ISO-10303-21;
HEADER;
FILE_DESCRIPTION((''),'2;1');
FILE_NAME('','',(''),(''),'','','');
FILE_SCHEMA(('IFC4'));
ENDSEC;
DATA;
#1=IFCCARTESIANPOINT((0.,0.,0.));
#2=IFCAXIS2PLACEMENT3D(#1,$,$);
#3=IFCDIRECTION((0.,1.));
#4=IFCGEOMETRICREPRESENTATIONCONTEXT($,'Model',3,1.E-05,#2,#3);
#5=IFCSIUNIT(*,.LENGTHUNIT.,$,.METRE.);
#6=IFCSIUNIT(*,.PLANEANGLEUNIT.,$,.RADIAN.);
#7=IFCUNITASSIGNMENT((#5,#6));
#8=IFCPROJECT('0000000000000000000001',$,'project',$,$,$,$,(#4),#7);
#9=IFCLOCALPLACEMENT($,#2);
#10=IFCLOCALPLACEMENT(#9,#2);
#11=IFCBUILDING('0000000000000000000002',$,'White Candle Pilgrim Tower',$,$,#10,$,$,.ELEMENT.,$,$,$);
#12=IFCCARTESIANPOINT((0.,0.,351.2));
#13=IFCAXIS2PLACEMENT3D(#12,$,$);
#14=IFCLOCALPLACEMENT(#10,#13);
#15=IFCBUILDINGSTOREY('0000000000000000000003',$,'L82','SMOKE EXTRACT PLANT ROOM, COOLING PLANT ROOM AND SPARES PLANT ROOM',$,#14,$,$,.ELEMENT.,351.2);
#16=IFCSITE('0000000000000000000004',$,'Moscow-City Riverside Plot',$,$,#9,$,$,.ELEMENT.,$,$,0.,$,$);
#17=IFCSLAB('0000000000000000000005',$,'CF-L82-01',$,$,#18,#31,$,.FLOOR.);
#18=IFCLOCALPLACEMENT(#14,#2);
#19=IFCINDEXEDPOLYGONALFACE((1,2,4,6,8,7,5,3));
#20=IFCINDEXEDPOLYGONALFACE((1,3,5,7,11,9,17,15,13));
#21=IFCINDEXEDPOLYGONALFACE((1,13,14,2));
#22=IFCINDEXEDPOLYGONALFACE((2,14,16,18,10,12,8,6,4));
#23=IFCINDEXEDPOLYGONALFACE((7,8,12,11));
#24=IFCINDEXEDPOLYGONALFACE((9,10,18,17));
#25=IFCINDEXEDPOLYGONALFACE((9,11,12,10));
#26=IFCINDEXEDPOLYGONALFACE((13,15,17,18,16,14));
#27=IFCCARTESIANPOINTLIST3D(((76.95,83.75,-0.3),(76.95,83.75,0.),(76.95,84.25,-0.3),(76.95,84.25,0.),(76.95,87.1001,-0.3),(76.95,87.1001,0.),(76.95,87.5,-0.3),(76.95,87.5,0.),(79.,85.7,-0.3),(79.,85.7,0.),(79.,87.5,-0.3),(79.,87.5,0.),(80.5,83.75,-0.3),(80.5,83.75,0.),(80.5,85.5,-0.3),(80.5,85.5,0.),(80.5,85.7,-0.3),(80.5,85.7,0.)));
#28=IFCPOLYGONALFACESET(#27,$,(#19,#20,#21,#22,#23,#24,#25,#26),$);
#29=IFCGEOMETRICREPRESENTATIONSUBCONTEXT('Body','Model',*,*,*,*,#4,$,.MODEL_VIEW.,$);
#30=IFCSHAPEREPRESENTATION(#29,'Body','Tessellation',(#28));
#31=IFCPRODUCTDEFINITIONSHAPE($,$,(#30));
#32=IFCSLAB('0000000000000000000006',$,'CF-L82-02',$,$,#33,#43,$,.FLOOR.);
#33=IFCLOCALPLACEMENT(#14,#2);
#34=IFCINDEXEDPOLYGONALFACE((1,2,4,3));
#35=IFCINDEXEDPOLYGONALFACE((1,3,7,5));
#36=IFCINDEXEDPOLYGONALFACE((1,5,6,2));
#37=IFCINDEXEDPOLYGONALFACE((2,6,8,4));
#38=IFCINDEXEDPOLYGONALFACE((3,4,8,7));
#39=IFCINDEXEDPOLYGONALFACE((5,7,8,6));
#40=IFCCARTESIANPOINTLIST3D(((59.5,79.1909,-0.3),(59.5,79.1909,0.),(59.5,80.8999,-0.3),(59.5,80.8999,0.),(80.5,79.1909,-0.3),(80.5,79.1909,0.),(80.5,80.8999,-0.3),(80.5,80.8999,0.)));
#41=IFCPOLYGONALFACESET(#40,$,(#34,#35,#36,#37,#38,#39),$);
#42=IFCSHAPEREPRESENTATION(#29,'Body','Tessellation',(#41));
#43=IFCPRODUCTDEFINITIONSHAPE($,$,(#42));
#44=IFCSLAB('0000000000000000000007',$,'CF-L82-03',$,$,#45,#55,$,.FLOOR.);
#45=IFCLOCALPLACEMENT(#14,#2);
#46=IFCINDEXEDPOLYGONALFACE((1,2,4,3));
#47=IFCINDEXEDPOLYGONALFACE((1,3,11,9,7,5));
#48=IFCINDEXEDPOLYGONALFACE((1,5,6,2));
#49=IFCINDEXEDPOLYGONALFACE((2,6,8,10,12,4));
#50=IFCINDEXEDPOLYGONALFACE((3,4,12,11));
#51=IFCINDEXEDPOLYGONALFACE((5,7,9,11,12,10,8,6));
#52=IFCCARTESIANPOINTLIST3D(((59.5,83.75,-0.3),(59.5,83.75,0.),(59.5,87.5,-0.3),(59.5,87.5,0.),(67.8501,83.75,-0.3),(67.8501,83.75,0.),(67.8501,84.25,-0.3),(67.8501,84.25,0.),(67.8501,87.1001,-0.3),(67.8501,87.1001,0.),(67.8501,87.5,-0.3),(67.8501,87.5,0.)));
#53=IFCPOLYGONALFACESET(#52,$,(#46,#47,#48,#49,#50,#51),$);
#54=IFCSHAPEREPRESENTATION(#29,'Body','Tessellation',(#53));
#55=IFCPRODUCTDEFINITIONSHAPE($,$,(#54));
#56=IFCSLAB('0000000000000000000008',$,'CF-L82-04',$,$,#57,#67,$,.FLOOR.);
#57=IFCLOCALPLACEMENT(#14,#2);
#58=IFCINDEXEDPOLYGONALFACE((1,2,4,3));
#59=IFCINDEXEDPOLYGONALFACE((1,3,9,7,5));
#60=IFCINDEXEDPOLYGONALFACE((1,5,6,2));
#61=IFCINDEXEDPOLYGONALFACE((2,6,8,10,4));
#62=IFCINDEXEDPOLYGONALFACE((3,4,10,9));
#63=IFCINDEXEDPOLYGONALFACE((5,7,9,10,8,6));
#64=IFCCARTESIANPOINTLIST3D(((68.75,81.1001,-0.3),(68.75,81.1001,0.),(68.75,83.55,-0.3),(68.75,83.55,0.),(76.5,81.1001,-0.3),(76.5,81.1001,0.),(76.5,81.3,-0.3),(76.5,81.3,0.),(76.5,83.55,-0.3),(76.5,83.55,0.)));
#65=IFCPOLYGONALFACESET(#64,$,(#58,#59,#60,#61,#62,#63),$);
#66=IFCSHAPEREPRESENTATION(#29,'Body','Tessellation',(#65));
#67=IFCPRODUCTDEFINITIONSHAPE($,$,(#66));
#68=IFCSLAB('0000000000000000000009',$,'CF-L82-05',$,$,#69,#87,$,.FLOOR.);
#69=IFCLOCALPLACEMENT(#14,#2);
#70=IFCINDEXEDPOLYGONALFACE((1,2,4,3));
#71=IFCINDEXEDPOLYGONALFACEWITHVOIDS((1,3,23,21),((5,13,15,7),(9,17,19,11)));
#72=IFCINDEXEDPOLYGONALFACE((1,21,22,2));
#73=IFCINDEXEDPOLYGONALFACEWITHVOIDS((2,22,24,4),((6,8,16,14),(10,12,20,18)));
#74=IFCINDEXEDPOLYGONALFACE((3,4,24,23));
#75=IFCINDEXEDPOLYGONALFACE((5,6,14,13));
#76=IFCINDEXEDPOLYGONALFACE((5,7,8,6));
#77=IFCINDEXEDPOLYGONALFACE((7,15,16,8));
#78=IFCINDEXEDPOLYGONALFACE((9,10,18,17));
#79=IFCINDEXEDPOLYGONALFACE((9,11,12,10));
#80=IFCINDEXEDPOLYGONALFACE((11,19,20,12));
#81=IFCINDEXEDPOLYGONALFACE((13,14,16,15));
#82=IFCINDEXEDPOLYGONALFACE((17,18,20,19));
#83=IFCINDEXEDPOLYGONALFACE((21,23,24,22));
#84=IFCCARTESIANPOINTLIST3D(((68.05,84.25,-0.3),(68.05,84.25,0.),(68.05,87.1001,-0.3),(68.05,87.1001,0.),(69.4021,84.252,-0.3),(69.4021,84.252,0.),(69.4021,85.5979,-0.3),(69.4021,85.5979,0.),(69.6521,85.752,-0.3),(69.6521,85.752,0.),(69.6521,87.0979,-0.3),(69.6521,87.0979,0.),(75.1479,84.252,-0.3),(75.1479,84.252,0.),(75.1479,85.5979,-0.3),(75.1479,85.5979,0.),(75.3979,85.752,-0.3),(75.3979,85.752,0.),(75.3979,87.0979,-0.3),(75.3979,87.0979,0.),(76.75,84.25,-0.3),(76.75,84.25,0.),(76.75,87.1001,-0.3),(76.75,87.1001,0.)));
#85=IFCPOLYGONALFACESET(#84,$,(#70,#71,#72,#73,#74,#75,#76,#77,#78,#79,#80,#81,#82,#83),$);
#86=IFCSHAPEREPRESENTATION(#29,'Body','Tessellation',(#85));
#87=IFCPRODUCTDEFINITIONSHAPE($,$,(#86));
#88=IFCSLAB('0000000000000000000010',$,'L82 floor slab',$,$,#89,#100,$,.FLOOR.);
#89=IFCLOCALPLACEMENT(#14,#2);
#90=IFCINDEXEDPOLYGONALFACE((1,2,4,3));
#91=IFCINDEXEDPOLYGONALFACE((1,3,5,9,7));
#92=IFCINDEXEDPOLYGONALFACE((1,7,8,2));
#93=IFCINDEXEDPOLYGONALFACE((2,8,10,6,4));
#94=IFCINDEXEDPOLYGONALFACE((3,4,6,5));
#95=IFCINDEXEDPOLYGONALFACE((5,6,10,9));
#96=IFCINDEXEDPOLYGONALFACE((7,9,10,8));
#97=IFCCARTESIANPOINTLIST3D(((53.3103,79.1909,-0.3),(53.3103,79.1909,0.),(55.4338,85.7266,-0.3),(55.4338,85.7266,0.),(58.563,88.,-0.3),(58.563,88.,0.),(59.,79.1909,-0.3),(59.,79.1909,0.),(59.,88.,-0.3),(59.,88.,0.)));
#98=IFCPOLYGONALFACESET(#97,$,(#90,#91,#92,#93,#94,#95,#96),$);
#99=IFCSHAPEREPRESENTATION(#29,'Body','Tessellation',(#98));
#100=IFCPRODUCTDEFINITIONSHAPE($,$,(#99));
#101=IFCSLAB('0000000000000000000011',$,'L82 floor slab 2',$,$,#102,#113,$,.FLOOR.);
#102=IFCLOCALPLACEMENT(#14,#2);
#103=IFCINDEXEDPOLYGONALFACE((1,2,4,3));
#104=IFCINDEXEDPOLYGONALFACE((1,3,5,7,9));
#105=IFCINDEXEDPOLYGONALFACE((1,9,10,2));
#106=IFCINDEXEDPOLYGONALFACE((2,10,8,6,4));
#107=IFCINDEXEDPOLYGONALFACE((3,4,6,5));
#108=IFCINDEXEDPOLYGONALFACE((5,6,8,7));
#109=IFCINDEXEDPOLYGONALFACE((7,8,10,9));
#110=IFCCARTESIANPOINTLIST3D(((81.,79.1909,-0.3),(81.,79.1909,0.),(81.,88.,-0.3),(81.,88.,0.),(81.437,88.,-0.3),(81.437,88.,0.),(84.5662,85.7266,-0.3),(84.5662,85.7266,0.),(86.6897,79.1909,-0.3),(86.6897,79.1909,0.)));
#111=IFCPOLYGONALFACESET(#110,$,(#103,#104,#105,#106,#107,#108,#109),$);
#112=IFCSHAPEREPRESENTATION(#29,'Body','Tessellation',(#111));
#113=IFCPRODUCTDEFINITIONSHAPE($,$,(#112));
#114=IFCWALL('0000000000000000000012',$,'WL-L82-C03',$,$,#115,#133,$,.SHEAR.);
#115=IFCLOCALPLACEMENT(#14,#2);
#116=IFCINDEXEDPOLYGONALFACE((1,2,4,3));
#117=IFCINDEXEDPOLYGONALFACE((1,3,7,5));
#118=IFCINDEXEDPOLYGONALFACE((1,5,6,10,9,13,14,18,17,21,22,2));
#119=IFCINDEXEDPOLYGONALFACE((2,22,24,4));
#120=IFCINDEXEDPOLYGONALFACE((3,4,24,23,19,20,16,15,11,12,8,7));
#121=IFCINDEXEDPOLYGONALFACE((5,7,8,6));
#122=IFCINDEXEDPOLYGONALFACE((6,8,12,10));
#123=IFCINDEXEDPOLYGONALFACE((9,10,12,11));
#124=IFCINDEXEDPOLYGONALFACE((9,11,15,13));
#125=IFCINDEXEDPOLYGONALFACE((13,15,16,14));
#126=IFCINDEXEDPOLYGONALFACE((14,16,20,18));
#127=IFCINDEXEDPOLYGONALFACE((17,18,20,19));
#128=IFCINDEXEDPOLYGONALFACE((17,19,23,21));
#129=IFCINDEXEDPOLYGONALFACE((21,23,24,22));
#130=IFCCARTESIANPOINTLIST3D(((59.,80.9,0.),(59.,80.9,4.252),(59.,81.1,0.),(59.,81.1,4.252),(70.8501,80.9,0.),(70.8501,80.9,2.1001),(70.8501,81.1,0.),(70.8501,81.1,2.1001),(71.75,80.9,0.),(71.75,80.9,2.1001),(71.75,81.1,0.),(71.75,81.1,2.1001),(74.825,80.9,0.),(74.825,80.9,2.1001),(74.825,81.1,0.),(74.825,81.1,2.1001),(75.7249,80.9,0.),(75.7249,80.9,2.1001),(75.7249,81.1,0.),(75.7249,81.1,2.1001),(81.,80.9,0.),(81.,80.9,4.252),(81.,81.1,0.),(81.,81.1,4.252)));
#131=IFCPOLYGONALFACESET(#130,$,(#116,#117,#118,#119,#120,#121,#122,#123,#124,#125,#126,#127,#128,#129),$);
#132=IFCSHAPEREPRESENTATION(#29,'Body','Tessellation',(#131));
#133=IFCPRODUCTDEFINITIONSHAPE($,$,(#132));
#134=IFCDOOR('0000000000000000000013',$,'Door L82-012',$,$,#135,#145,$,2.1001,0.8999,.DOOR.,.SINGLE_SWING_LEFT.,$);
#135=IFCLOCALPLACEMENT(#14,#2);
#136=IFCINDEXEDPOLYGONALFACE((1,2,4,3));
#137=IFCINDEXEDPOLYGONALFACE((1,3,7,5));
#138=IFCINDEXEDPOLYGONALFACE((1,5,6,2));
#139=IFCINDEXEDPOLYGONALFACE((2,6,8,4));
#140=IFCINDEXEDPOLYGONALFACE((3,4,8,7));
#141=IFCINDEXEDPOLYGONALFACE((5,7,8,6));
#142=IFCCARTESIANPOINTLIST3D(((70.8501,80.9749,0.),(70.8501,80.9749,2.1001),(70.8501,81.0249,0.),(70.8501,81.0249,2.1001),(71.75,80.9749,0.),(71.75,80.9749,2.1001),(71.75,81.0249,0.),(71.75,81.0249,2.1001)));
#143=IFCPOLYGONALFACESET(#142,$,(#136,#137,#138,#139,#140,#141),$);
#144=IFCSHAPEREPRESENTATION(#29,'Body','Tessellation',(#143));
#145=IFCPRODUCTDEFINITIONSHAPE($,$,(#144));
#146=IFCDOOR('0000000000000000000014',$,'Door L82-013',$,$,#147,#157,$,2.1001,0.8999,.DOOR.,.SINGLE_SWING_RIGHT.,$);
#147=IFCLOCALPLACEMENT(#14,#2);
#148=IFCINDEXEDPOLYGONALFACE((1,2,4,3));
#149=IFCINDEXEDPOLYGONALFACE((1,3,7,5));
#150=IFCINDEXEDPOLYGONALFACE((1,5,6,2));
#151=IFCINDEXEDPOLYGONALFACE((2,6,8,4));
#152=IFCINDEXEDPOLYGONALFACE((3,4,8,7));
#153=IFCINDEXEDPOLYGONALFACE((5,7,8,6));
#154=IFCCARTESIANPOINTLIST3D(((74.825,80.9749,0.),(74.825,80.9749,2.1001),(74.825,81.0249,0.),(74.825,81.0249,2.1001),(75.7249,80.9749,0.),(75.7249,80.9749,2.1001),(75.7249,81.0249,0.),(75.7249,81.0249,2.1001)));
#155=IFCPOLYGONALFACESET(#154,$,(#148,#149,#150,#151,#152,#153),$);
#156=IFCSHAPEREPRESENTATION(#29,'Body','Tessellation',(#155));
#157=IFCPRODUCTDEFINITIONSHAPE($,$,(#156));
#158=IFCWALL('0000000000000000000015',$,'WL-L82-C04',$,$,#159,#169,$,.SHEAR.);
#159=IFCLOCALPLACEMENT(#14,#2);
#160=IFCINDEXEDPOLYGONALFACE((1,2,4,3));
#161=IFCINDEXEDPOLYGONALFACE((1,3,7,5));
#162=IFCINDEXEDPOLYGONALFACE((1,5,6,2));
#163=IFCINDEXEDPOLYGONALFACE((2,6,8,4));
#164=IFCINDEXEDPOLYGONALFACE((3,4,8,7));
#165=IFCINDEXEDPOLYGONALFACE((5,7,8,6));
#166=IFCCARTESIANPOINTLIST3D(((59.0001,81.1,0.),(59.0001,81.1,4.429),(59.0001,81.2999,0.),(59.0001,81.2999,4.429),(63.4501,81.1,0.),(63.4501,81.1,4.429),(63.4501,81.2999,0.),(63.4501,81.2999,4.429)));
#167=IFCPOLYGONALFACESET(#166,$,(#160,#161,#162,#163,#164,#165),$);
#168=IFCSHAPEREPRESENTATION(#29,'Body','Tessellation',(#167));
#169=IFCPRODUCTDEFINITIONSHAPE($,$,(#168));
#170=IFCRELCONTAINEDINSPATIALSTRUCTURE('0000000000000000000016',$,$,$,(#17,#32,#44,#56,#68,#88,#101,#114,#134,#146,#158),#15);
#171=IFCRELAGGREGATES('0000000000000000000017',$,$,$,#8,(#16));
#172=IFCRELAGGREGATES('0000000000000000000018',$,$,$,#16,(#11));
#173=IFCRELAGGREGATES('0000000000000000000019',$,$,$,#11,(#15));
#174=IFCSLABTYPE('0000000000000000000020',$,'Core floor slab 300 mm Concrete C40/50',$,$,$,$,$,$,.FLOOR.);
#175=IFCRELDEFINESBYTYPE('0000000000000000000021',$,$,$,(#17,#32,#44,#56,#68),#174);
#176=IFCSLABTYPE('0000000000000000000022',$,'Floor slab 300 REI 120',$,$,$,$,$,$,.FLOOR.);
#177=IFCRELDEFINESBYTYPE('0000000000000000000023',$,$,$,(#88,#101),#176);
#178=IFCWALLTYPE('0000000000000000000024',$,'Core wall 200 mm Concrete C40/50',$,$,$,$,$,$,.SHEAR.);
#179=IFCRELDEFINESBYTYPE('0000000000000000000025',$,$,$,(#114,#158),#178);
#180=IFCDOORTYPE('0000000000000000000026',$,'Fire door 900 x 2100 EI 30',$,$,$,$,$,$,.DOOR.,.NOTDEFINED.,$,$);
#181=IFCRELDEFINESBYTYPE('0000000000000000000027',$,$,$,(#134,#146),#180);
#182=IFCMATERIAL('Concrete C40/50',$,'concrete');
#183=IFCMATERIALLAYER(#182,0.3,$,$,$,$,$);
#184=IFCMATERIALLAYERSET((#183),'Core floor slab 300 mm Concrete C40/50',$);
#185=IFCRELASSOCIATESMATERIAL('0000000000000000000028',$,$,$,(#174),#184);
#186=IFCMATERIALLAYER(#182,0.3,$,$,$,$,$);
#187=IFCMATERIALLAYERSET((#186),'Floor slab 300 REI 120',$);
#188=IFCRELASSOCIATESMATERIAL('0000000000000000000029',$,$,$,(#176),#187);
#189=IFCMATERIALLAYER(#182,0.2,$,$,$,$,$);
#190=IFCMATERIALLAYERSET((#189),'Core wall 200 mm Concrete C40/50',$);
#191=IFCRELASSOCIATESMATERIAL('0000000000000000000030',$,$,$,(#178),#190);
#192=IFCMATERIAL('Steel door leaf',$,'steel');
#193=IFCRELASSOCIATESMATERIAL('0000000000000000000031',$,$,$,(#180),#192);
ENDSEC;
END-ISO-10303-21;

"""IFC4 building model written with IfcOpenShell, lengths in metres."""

from ifc_helpers import new_model, si_unit, direction, frame, frame_2d, origin, place, context, subcontext, project, spatial, polyline, rectangle, outline, extrude, material, layer, layer_set, type_object, element, fill, save


model = new_model("IFC4")

# Units and contexts
model_context = context("Model", 3, precision=1e-05, world=origin(), true_north=direction((0.0, 1.0)))
body_context = subcontext(model_context, "Body", "Model", "MODEL_VIEW")
ifc_project = project(units=[si_unit("LENGTHUNIT", "METRE"), si_unit("PLANEANGLEUNIT", "RADIAN")], contexts=[model_context])

# Site, building, storey
site_placement = place(None, origin())
site = spatial("IfcSite", under=ifc_project, at=site_placement, Name="Moscow-City Riverside Plot", CompositionType="ELEMENT", RefElevation=0.0)
building_placement = place(site_placement, origin())
building = spatial("IfcBuilding", under=site, at=building_placement, Name="White Candle Pilgrim Tower", CompositionType="ELEMENT")
storey_placement = place(building_placement, frame((0.0, 0.0, 351.2)))
storey = spatial("IfcBuildingStorey", under=building, at=storey_placement, Name="L82", Description="SMOKE EXTRACT PLANT ROOM, COOLING PLANT ROOM AND SPARES PLANT ROOM", CompositionType="ELEMENT", Elevation=351.2)

# Slabs
ifc_material_1 = material(Name="Concrete C40/50", Category="concrete")
ifc_layer_1 = layer(ifc_material_1, 0.3)
ifc_layer_set_1 = layer_set([ifc_layer_1], Name="Core floor slab 300 mm Concrete C40/50")
slab_type_1 = type_object("IfcSlabType", Name="Core floor slab 300 mm Concrete C40/50", PredefinedType="FLOOR", material=ifc_layer_set_1)
slab_1_placement = place(storey_placement, frame((0.0, 0.0, -0.3)))
element("IfcSlab", 1, at=slab_1_placement, inside=storey, type_object=slab_type_1, Name="CF-L82-01", PredefinedType="FLOOR", context=body_context, shape_type="SweptSolid", body=[
    extrude(outline(polyline([(80.5, 85.5), (80.5, 83.75), (76.95, 83.75), (76.95, 84.25), (76.95, 87.1001), (76.95, 87.5), (79.0, 87.5), (79.0, 85.7), (80.5, 85.7), (80.5, 85.5)])), origin(), (0.0, 0.0, 1.0), 0.3),
])
slab_2_placement = place(storey_placement, frame((0.0, 0.0, -0.3)))
element("IfcSlab", 2, at=slab_2_placement, inside=storey, type_object=slab_type_1, Name="CF-L82-02", PredefinedType="FLOOR", context=body_context, shape_type="SweptSolid", body=[
    extrude(outline(polyline([(80.5, 79.1909), (59.5, 79.1909), (59.5, 80.8999), (80.5, 80.8999), (80.5, 79.1909)])), origin(), (0.0, 0.0, 1.0), 0.3),
])
slab_3_placement = place(storey_placement, frame((0.0, 0.0, -0.3)))
element("IfcSlab", 3, at=slab_3_placement, inside=storey, type_object=slab_type_1, Name="CF-L82-03", PredefinedType="FLOOR", context=body_context, shape_type="SweptSolid", body=[
    extrude(outline(polyline([(59.5, 87.5), (67.8501, 87.5), (67.8501, 87.1001), (67.8501, 84.25), (67.8501, 83.75), (59.5, 83.75), (59.5, 87.5)])), origin(), (0.0, 0.0, 1.0), 0.3),
])
slab_4_placement = place(storey_placement, frame((0.0, 0.0, -0.3)))
element("IfcSlab", 4, at=slab_4_placement, inside=storey, type_object=slab_type_1, Name="CF-L82-04", PredefinedType="FLOOR", context=body_context, shape_type="SweptSolid", body=[
    extrude(outline(polyline([(76.5, 83.55), (76.5, 81.3), (76.5, 81.1001), (68.75, 81.1001), (68.75, 83.55), (76.5, 83.55)])), origin(), (0.0, 0.0, 1.0), 0.3),
])
slab_5_placement = place(storey_placement, frame((0.0, 0.0, -0.3)))
element("IfcSlab", 5, at=slab_5_placement, inside=storey, type_object=slab_type_1, Name="CF-L82-05", PredefinedType="FLOOR", context=body_context, shape_type="SweptSolid", body=[
    extrude(outline(polyline([(68.05, 87.1001), (76.75, 87.1001), (76.75, 84.25), (68.05, 84.25), (68.05, 87.1001)]), holes=[polyline([(75.1479, 84.252), (75.1479, 85.5979), (69.4021, 85.5979), (69.4021, 84.252), (75.1479, 84.252)]), polyline([(69.6521, 85.752), (75.3979, 85.752), (75.3979, 87.0979), (69.6521, 87.0979), (69.6521, 85.752)])]), origin(), (0.0, 0.0, 1.0), 0.3),
])
ifc_layer_2 = layer(ifc_material_1, 0.3)
ifc_layer_set_2 = layer_set([ifc_layer_2], Name="Floor slab 300 REI 120")
slab_type_2 = type_object("IfcSlabType", Name="Floor slab 300 REI 120", PredefinedType="FLOOR", material=ifc_layer_set_2)
slab_6_placement = place(storey_placement, frame((0.0, 0.0, -0.3)))
element("IfcSlab", 6, at=slab_6_placement, inside=storey, type_object=slab_type_2, Name="L82 floor slab", PredefinedType="FLOOR", context=body_context, shape_type="SweptSolid", body=[
    extrude(outline(polyline([(53.3103, 79.1909), (59.0, 79.1909), (59.0, 88.0), (58.563, 88.0), (55.4338, 85.7266), (53.3103, 79.1909)])), origin(), (0.0, 0.0, 1.0), 0.3),
])
slab_7_placement = place(storey_placement, frame((0.0, 0.0, -0.3)))
element("IfcSlab", 7, at=slab_7_placement, inside=storey, type_object=slab_type_2, Name="L82 floor slab 2", PredefinedType="FLOOR", context=body_context, shape_type="SweptSolid", body=[
    extrude(outline(polyline([(81.0, 79.1909), (86.6897, 79.1909), (84.5662, 85.7266), (81.437, 88.0), (81.0, 88.0), (81.0, 79.1909)])), origin(), (0.0, 0.0, 1.0), 0.3),
])

# Wall, openings, doors
ifc_layer_3 = layer(ifc_material_1, 0.2)
ifc_layer_set_3 = layer_set([ifc_layer_3], Name="Core wall 200 mm Concrete C40/50")
wall_type_1 = type_object("IfcWallType", Name="Core wall 200 mm Concrete C40/50", PredefinedType="SHEAR", material=ifc_layer_set_3)
wall_1_placement = place(storey_placement, frame((59.0, 81.0, 0.0), z_axis=(0.0, 0.0, 1.0), x_axis=(1.0, 0.0, 0.0)))
wall_1 = element("IfcWall", 8, at=wall_1_placement, inside=storey, type_object=wall_type_1, Name="WL-L82-C03", PredefinedType="SHEAR", context=body_context, shape_type="SweptSolid", body=[
    extrude(rectangle(XDim=22.0, YDim=0.2, at=frame_2d((11.0, 0.0))), origin(), (0.0, 0.0, 1.0), 4.252),
])
opening_1_placement = place(wall_1_placement, frame((11.8501, 0.0, 0.0)))
opening_1 = element("IfcOpeningElement", 9, at=opening_1_placement, cuts=wall_1, PredefinedType="OPENING", context=body_context, shape_type="SweptSolid", body=[
    extrude(rectangle(XDim=0.8999, YDim=2.1001, at=frame_2d((0.45, 1.05))), frame((0.0, 0.1099, 0.0), z_axis=(0.0, -1.0, 0.0), x_axis=(1.0, 0.0, 0.0)), (0.0, 0.0, 1.0), 0.22),
])
opening_2_placement = place(wall_1_placement, frame((15.825, 0.0, 0.0)))
opening_2 = element("IfcOpeningElement", 10, at=opening_2_placement, cuts=wall_1, PredefinedType="OPENING", context=body_context, shape_type="SweptSolid", body=[
    extrude(rectangle(XDim=0.8999, YDim=2.1001, at=frame_2d((0.45, 1.05))), frame((0.0, 0.1099, 0.0), z_axis=(0.0, -1.0, 0.0), x_axis=(1.0, 0.0, 0.0)), (0.0, 0.0, 1.0), 0.22),
])
ifc_material_2 = material(Name="Steel door leaf", Category="steel")
door_type_1 = type_object("IfcDoorType", Name="Fire door 900 x 2100 EI 30", OperationType="NOTDEFINED", PredefinedType="DOOR", material=ifc_material_2)
door_1_placement = place(opening_1_placement, origin())
door_1 = element("IfcDoor", 11, at=door_1_placement, inside=storey, type_object=door_type_1, Name="Door L82-012", OperationType="SINGLE_SWING_LEFT", OverallHeight=2.1001, OverallWidth=0.8999, PredefinedType="DOOR", context=body_context, shape_type="SweptSolid", body=[
    extrude(rectangle(XDim=0.8999, YDim=2.1001, at=frame_2d((0.45, 1.05))), frame((0.0, 0.0249, 0.0), z_axis=(0.0, -1.0, 0.0), x_axis=(1.0, 0.0, 0.0)), (0.0, 0.0, 1.0), 0.05),
])
fill(opening_1, door_1)
door_2_placement = place(opening_2_placement, origin())
door_2 = element("IfcDoor", 12, at=door_2_placement, inside=storey, type_object=door_type_1, Name="Door L82-013", OperationType="SINGLE_SWING_RIGHT", OverallHeight=2.1001, OverallWidth=0.8999, PredefinedType="DOOR", context=body_context, shape_type="SweptSolid", body=[
    extrude(rectangle(XDim=0.8999, YDim=2.1001, at=frame_2d((0.45, 1.05))), frame((0.0, 0.0249, 0.0), z_axis=(0.0, -1.0, 0.0), x_axis=(1.0, 0.0, 0.0)), (0.0, 0.0, 1.0), 0.05),
])
fill(opening_2, door_2)

# Wall
wall_2_placement = place(storey_placement, frame((59.0, 81.2, 0.0), z_axis=(0.0, 0.0, 1.0), x_axis=(1.0, 0.0, 0.0)))
element("IfcWall", 13, at=wall_2_placement, inside=storey, type_object=wall_type_1, Name="WL-L82-C04", PredefinedType="SHEAR", context=body_context, shape_type="SweptSolid", body=[
    extrude(rectangle(XDim=4.45, YDim=0.2, at=frame_2d((2.2251, 0.0))), origin(), (0.0, 0.0, 1.0), 4.429),
])

save(model, "model.ifc")
